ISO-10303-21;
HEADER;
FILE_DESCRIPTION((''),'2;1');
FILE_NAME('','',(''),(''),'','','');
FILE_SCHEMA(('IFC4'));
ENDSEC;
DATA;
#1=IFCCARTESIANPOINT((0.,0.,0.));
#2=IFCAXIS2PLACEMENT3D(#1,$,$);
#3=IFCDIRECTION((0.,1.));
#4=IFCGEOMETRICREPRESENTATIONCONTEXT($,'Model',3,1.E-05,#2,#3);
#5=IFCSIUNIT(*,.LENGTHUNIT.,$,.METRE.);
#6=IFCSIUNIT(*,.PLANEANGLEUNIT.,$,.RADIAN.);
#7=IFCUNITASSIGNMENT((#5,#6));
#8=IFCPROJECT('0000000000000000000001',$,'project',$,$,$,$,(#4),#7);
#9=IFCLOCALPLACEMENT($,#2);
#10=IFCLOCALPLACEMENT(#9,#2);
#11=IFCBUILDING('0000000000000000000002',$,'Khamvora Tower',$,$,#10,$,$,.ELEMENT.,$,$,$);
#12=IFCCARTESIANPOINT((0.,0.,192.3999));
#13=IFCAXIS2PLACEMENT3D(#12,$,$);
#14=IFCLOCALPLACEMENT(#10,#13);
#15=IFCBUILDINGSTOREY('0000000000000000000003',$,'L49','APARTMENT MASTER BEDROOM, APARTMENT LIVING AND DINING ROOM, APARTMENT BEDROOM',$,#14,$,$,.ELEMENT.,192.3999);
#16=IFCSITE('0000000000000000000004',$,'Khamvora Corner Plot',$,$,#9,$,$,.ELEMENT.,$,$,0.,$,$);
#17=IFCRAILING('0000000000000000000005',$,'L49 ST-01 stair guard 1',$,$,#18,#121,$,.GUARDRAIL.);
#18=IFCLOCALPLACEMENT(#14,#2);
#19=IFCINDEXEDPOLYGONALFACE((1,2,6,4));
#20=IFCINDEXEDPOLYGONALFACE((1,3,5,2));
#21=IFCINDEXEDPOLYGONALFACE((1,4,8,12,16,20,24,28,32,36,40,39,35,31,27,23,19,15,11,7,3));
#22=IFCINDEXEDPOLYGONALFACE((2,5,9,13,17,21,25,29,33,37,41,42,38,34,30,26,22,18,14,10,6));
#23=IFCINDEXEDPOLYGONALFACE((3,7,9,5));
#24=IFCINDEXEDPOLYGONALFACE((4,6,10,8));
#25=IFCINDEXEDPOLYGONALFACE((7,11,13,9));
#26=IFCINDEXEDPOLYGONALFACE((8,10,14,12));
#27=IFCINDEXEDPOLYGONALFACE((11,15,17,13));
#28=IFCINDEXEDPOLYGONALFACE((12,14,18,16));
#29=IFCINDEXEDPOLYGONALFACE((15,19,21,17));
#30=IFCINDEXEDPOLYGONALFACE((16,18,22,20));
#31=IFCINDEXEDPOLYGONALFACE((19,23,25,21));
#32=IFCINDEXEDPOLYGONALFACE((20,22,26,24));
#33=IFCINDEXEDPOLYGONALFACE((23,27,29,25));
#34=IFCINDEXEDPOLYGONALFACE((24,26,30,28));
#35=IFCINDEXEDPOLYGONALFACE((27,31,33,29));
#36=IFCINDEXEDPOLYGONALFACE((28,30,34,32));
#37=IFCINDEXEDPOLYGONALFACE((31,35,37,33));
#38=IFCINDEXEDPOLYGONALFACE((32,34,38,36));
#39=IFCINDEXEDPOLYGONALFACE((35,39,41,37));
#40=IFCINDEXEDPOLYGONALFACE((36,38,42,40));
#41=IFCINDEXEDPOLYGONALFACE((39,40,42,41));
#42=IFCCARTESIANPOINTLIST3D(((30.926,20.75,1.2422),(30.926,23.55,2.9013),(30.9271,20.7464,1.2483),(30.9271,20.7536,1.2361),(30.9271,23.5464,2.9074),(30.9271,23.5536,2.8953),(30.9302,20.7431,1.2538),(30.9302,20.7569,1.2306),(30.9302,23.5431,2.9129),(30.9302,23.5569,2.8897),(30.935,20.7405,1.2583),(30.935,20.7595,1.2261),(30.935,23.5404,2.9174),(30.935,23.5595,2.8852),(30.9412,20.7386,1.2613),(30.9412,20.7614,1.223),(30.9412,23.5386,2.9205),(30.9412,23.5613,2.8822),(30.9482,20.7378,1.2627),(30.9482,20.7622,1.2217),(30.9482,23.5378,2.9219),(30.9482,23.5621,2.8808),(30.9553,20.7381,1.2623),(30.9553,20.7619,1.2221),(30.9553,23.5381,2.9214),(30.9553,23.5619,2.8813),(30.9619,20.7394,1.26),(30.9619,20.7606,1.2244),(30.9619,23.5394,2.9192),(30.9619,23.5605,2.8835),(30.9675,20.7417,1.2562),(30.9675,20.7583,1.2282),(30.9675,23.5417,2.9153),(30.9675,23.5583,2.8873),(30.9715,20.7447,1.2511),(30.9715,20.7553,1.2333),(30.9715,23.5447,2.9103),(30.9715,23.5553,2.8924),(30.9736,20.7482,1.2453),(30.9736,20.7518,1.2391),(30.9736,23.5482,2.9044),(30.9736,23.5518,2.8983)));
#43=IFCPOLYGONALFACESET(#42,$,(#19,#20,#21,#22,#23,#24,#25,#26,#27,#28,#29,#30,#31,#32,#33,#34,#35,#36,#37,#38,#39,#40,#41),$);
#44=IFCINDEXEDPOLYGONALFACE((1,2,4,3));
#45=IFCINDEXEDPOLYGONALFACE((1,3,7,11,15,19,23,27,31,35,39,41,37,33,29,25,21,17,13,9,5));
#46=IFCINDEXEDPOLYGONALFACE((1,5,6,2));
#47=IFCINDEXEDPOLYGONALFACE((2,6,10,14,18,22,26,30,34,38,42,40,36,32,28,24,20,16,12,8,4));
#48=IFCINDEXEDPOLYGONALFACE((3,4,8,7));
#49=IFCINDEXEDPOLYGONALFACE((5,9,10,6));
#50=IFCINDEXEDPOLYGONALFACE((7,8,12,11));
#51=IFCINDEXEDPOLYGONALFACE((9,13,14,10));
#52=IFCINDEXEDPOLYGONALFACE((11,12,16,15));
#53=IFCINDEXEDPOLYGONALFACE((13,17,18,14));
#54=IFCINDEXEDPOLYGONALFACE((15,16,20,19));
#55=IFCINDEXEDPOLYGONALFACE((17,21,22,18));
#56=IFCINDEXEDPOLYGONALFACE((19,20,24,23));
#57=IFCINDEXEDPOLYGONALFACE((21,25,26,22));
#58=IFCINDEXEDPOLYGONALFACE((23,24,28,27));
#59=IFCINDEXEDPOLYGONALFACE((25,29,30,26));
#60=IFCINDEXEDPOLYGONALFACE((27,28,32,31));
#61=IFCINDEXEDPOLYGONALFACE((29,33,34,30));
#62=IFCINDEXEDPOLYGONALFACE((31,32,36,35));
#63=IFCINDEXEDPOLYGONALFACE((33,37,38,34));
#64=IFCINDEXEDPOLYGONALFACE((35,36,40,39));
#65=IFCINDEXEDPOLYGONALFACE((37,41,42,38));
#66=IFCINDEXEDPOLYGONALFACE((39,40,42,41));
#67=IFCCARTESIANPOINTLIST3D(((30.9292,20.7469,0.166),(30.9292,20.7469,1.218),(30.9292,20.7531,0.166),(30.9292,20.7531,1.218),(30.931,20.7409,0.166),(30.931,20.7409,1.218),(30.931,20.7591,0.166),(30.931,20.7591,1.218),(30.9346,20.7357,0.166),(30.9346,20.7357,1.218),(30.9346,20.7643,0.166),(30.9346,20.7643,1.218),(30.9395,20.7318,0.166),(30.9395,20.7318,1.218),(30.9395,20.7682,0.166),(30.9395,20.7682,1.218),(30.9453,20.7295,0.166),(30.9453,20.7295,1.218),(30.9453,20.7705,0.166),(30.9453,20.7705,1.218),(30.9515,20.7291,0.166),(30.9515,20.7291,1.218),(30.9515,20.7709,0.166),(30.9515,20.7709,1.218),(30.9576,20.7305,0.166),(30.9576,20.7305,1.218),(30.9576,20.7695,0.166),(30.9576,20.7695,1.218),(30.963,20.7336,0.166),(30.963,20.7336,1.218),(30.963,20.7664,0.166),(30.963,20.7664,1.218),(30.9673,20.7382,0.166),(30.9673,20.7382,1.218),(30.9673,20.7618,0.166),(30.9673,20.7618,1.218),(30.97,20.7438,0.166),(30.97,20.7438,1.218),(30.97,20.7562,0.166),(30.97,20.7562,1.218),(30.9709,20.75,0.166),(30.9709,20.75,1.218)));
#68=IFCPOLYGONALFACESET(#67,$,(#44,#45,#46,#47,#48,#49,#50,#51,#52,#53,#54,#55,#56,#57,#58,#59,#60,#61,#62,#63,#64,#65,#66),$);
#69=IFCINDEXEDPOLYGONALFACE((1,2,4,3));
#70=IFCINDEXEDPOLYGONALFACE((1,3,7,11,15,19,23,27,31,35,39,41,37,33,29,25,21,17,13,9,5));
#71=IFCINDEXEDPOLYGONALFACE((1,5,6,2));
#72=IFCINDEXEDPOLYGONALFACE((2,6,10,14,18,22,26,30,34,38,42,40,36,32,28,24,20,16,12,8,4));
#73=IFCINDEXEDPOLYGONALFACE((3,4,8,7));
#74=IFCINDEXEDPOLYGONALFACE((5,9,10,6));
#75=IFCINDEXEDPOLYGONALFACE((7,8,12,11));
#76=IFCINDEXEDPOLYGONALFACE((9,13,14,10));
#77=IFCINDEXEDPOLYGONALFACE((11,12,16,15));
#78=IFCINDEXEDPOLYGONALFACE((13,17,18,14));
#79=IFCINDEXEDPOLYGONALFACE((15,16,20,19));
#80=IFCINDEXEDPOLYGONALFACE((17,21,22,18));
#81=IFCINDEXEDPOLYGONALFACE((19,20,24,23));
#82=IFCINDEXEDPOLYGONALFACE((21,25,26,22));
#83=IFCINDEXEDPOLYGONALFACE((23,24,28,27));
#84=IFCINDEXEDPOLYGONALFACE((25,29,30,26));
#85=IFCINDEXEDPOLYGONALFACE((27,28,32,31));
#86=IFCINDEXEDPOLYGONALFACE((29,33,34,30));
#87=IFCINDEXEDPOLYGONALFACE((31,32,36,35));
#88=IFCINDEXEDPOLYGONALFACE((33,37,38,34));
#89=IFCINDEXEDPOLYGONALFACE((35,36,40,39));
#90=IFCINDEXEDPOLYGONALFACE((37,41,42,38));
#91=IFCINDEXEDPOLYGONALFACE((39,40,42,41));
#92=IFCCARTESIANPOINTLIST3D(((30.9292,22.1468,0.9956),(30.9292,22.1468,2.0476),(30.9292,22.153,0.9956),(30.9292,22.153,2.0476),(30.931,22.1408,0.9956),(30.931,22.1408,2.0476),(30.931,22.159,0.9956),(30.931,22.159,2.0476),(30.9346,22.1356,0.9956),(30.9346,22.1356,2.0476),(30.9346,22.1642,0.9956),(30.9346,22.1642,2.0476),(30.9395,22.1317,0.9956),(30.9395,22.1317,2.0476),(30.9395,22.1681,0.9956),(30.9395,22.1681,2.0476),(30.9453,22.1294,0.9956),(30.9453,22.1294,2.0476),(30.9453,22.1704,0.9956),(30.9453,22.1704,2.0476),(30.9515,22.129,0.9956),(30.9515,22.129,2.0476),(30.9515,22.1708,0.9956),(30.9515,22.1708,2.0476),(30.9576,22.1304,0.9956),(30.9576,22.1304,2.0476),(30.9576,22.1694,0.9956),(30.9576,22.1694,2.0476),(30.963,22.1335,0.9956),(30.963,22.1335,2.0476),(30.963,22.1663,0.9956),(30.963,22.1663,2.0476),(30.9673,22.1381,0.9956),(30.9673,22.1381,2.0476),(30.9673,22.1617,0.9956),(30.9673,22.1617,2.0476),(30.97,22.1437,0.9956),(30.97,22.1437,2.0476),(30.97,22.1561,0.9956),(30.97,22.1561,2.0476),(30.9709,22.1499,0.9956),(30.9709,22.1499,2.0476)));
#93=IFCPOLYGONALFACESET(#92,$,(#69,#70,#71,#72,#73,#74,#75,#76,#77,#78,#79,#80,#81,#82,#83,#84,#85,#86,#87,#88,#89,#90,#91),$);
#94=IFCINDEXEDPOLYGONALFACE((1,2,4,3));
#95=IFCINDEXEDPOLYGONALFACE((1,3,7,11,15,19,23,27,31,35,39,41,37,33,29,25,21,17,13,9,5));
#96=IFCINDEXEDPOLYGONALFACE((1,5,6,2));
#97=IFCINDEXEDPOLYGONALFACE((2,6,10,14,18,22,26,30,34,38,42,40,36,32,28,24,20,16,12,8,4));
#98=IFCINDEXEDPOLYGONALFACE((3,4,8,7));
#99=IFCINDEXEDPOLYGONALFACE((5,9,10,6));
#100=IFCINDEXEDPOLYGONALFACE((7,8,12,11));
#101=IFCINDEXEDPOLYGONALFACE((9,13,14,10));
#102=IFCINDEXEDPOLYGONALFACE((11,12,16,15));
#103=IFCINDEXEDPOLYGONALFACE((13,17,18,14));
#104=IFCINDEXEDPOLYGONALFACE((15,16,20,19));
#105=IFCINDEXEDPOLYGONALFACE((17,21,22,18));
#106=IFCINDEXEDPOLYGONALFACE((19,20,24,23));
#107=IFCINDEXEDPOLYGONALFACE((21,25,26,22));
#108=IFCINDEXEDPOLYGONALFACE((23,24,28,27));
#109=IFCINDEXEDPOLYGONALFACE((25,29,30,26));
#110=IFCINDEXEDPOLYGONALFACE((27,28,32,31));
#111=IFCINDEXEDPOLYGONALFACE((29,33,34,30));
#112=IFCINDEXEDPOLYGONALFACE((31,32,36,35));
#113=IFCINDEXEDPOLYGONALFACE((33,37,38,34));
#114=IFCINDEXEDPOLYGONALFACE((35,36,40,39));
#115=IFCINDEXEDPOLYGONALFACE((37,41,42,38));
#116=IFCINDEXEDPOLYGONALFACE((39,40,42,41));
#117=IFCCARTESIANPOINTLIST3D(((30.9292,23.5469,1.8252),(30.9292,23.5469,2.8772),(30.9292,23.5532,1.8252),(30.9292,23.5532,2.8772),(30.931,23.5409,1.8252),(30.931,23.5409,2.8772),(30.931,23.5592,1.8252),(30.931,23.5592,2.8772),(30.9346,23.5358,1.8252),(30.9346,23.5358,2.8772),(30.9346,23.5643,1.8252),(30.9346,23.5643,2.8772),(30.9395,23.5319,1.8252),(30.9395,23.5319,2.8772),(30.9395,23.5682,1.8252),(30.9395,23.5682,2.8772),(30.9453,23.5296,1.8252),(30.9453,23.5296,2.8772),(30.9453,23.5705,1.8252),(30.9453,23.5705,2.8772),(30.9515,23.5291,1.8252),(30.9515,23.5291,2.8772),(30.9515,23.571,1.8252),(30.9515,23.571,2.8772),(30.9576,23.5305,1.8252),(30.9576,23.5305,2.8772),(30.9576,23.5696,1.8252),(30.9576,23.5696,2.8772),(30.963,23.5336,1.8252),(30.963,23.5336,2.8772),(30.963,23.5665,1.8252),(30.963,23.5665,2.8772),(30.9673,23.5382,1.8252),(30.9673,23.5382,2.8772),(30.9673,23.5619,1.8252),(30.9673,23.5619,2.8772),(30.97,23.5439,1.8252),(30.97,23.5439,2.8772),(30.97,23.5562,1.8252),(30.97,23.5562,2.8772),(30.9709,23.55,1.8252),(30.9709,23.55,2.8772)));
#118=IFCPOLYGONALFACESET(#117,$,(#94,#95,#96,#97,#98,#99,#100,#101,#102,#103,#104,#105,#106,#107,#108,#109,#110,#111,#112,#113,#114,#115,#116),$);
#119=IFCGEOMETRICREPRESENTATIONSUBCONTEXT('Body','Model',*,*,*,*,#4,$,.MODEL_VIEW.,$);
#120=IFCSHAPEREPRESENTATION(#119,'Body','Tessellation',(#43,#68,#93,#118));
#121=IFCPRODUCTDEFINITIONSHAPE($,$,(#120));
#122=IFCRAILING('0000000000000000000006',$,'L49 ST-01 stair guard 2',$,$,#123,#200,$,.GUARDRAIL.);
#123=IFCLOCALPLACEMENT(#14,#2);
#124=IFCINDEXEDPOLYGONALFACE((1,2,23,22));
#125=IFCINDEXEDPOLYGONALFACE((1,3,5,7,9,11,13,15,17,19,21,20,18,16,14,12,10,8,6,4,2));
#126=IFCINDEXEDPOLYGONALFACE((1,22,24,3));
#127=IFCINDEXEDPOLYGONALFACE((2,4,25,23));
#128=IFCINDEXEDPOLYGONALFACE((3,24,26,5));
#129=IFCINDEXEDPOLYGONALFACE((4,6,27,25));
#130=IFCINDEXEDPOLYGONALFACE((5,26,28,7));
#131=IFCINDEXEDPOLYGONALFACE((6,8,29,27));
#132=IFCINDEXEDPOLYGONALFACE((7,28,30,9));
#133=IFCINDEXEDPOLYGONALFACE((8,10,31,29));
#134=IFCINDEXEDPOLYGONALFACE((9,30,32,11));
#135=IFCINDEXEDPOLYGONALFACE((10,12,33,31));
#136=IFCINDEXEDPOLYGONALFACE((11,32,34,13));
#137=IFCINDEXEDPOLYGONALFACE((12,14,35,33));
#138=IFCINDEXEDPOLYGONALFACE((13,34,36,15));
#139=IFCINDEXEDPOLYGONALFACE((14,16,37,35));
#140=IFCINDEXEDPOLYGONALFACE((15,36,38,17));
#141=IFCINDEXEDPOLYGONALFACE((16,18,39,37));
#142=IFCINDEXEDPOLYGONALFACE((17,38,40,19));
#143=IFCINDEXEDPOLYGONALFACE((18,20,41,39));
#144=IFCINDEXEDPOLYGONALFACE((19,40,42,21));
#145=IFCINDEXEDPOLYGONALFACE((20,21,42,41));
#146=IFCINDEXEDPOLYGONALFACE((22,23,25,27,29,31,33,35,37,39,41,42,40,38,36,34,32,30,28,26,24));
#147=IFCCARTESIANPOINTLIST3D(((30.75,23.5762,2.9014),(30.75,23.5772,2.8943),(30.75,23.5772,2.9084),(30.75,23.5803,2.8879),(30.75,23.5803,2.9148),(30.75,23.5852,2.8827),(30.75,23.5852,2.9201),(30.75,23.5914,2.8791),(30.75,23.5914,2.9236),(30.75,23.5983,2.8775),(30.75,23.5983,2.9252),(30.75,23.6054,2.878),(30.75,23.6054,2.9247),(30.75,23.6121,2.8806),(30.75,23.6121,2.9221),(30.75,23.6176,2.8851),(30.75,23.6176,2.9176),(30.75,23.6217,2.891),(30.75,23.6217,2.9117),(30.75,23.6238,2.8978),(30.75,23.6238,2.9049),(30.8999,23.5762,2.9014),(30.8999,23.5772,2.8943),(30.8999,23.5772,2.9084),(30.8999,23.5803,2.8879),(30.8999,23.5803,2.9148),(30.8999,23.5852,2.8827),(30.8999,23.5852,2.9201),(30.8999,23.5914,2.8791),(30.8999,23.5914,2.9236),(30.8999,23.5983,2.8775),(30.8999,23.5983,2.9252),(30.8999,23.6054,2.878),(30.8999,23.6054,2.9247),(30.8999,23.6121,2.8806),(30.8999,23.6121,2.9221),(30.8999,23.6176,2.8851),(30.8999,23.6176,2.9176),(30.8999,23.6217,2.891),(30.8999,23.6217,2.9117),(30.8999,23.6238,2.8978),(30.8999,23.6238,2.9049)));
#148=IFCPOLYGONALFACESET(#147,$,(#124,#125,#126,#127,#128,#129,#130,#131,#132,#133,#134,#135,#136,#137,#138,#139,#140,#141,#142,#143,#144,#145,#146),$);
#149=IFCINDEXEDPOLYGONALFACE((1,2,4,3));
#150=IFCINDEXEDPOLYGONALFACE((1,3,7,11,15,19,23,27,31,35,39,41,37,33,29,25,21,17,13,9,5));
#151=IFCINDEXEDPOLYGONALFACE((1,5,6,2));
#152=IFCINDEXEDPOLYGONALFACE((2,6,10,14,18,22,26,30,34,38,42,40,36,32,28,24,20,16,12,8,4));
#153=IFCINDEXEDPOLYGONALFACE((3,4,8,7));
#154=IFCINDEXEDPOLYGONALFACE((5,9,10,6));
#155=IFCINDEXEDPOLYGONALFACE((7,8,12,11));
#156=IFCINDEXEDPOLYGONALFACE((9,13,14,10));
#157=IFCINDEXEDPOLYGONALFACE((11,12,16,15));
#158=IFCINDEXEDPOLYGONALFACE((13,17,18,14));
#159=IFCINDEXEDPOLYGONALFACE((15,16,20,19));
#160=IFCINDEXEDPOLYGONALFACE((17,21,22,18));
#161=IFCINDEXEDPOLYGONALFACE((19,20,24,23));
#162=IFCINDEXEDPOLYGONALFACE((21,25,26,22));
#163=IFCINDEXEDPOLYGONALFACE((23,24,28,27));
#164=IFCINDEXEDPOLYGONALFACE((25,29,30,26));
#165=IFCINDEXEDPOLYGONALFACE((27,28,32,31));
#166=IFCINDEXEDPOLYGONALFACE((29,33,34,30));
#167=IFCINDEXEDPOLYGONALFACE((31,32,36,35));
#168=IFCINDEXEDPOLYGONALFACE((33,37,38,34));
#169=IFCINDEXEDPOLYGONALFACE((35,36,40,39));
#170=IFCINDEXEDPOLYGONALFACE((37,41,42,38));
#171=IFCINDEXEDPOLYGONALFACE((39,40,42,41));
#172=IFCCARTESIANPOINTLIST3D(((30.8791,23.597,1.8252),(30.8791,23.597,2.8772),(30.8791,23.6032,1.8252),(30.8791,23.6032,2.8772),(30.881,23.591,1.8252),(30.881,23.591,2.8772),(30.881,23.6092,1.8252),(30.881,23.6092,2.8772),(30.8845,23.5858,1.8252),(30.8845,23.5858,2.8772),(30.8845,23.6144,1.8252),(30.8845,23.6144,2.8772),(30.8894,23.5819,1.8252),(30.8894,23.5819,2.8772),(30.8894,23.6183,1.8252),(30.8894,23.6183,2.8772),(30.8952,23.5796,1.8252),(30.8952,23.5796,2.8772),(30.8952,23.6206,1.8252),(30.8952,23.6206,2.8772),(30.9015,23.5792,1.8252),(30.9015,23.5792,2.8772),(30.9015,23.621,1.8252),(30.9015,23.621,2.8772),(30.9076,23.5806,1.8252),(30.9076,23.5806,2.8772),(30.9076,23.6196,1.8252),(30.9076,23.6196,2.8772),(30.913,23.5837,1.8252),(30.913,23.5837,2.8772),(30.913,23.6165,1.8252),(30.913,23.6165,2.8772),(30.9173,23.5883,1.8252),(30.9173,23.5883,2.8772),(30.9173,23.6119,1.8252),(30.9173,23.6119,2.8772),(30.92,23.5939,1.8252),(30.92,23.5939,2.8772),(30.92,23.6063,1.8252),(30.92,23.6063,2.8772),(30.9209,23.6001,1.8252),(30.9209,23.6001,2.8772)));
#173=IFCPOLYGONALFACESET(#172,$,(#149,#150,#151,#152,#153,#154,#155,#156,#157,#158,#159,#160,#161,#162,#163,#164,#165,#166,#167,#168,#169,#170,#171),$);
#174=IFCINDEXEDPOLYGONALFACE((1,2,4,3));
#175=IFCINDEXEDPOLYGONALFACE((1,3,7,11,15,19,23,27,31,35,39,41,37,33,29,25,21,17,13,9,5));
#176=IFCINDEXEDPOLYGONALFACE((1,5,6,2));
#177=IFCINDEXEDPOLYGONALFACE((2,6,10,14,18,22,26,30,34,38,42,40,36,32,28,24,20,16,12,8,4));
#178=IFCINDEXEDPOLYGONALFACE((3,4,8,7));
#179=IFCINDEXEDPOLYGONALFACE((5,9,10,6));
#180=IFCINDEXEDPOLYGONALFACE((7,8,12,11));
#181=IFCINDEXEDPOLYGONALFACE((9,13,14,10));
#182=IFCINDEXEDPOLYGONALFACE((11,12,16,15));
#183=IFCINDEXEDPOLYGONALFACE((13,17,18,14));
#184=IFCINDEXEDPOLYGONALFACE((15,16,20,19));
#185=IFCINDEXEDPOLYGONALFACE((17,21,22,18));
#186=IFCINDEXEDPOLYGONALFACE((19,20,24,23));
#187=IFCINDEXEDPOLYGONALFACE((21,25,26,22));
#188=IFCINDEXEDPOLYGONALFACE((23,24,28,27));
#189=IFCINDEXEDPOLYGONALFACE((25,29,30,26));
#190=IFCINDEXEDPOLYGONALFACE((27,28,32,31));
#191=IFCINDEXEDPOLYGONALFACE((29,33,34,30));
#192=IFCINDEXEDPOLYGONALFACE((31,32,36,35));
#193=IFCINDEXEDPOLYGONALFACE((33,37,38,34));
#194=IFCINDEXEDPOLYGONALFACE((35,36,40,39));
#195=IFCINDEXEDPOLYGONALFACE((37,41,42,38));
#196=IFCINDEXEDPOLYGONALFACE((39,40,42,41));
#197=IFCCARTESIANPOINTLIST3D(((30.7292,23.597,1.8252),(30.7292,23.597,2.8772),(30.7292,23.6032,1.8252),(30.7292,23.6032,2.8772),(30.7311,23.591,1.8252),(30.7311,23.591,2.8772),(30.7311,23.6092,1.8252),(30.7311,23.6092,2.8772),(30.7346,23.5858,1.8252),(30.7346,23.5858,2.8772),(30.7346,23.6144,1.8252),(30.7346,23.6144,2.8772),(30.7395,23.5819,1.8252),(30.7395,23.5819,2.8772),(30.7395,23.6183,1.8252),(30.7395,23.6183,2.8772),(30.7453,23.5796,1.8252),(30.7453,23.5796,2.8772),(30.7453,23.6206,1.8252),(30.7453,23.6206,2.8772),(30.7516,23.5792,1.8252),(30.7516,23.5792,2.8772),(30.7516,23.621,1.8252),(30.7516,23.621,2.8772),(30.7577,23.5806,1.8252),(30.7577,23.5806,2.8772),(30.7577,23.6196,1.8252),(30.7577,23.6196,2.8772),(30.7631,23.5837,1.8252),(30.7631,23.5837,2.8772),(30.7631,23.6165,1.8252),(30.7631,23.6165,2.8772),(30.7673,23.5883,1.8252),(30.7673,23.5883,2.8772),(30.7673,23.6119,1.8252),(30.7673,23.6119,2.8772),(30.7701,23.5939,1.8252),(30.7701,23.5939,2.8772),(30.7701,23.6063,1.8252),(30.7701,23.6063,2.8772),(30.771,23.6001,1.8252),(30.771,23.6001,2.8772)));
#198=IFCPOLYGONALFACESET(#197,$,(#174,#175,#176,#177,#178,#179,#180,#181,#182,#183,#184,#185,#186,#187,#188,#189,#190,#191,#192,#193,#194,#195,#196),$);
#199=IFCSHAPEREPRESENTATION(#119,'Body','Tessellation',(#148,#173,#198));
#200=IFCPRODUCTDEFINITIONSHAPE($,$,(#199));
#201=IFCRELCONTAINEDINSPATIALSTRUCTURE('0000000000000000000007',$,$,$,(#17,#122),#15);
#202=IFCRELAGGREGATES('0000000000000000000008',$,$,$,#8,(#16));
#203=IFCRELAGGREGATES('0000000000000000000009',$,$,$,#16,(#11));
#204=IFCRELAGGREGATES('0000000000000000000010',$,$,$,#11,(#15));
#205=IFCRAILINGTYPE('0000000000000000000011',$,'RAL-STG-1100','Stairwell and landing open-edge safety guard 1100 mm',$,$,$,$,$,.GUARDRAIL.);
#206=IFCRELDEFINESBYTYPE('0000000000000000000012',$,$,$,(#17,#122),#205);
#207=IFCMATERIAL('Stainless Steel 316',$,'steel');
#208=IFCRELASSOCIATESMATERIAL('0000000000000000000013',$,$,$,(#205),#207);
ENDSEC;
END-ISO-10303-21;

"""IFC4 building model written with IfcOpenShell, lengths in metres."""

from ifc_helpers import new_model, si_unit, direction, frame, origin, origin_2d, place, context, subcontext, project, spatial, circle, extrude, material, type_object, element, save


model = new_model("IFC4")

# Units and contexts
model_context = context("Model", 3, precision=1e-05, world=origin(), true_north=direction((0.0, 1.0)))
body_context = subcontext(model_context, "Body", "Model", "MODEL_VIEW")
ifc_project = project(units=[si_unit("LENGTHUNIT", "METRE"), si_unit("PLANEANGLEUNIT", "RADIAN")], contexts=[model_context])

# Site, building, storey
site_placement = place(None, origin())
site = spatial("IfcSite", under=ifc_project, at=site_placement, Name="Khamvora Corner Plot", CompositionType="ELEMENT", RefElevation=0.0)
building_placement = place(site_placement, origin())
building = spatial("IfcBuilding", under=site, at=building_placement, Name="Khamvora Tower", CompositionType="ELEMENT")
storey_placement = place(building_placement, frame((0.0, 0.0, 192.3999)))
storey = spatial("IfcBuildingStorey", under=building, at=storey_placement, Name="L49", Description="APARTMENT MASTER BEDROOM, APARTMENT LIVING AND DINING ROOM, APARTMENT BEDROOM", CompositionType="ELEMENT", Elevation=192.3999)

# Railings
ifc_material_1 = material(Name="Stainless Steel 316", Category="steel")
railing_type_1 = type_object("IfcRailingType", Name="RAL-STG-1100", Description="Stairwell and landing open-edge safety guard 1100 mm", PredefinedType="GUARDRAIL", material=ifc_material_1)
railing_1_placement = place(storey_placement, frame((30.95, 20.75, 0.166)))
element("IfcRailing", 1, at=railing_1_placement, inside=storey, type_object=railing_type_1, Name="L49 ST-01 stair guard 1", PredefinedType="GUARDRAIL", context=body_context, shape_type="SweptSolid", body=[
    extrude(circle(Radius=0.0239, at=origin_2d()), frame((0.0, 0.0, 1.0762), z_axis=(0.0, 0.860306, 0.509778), x_axis=(-1.0, 0.0, 0.0)), (0.0, 0.0, 1.0), 3.2546),
    extrude(circle(Radius=0.021, at=origin_2d()), origin(), (0.0, 0.0, 1.0), 1.052),
    extrude(circle(Radius=0.021, at=origin_2d()), frame((0.0, 1.3999, 0.8296)), (0.0, 0.0, 1.0), 1.052),
    extrude(circle(Radius=0.021, at=origin_2d()), frame((0.0, 2.8, 1.6592)), (0.0, 0.0, 1.0), 1.052),
])
railing_2_placement = place(storey_placement, frame((30.8999, 23.6001, 1.8252)))
element("IfcRailing", 2, at=railing_2_placement, inside=storey, type_object=railing_type_1, Name="L49 ST-01 stair guard 2", PredefinedType="GUARDRAIL", context=body_context, shape_type="SweptSolid", body=[
    extrude(circle(Radius=0.0239, at=origin_2d()), frame((0.0, 0.0, 1.0762), z_axis=(-1.0, 0.0, 0.0), x_axis=(0.0, -1.0, 0.0)), (0.0, 0.0, 1.0), 0.1499),
    extrude(circle(Radius=0.021, at=origin_2d()), origin(), (0.0, 0.0, 1.0), 1.052),
    extrude(circle(Radius=0.021, at=origin_2d()), frame((-0.1499, 0.0, 0.0)), (0.0, 0.0, 1.0), 1.052),
])

save(model, "model.ifc")
